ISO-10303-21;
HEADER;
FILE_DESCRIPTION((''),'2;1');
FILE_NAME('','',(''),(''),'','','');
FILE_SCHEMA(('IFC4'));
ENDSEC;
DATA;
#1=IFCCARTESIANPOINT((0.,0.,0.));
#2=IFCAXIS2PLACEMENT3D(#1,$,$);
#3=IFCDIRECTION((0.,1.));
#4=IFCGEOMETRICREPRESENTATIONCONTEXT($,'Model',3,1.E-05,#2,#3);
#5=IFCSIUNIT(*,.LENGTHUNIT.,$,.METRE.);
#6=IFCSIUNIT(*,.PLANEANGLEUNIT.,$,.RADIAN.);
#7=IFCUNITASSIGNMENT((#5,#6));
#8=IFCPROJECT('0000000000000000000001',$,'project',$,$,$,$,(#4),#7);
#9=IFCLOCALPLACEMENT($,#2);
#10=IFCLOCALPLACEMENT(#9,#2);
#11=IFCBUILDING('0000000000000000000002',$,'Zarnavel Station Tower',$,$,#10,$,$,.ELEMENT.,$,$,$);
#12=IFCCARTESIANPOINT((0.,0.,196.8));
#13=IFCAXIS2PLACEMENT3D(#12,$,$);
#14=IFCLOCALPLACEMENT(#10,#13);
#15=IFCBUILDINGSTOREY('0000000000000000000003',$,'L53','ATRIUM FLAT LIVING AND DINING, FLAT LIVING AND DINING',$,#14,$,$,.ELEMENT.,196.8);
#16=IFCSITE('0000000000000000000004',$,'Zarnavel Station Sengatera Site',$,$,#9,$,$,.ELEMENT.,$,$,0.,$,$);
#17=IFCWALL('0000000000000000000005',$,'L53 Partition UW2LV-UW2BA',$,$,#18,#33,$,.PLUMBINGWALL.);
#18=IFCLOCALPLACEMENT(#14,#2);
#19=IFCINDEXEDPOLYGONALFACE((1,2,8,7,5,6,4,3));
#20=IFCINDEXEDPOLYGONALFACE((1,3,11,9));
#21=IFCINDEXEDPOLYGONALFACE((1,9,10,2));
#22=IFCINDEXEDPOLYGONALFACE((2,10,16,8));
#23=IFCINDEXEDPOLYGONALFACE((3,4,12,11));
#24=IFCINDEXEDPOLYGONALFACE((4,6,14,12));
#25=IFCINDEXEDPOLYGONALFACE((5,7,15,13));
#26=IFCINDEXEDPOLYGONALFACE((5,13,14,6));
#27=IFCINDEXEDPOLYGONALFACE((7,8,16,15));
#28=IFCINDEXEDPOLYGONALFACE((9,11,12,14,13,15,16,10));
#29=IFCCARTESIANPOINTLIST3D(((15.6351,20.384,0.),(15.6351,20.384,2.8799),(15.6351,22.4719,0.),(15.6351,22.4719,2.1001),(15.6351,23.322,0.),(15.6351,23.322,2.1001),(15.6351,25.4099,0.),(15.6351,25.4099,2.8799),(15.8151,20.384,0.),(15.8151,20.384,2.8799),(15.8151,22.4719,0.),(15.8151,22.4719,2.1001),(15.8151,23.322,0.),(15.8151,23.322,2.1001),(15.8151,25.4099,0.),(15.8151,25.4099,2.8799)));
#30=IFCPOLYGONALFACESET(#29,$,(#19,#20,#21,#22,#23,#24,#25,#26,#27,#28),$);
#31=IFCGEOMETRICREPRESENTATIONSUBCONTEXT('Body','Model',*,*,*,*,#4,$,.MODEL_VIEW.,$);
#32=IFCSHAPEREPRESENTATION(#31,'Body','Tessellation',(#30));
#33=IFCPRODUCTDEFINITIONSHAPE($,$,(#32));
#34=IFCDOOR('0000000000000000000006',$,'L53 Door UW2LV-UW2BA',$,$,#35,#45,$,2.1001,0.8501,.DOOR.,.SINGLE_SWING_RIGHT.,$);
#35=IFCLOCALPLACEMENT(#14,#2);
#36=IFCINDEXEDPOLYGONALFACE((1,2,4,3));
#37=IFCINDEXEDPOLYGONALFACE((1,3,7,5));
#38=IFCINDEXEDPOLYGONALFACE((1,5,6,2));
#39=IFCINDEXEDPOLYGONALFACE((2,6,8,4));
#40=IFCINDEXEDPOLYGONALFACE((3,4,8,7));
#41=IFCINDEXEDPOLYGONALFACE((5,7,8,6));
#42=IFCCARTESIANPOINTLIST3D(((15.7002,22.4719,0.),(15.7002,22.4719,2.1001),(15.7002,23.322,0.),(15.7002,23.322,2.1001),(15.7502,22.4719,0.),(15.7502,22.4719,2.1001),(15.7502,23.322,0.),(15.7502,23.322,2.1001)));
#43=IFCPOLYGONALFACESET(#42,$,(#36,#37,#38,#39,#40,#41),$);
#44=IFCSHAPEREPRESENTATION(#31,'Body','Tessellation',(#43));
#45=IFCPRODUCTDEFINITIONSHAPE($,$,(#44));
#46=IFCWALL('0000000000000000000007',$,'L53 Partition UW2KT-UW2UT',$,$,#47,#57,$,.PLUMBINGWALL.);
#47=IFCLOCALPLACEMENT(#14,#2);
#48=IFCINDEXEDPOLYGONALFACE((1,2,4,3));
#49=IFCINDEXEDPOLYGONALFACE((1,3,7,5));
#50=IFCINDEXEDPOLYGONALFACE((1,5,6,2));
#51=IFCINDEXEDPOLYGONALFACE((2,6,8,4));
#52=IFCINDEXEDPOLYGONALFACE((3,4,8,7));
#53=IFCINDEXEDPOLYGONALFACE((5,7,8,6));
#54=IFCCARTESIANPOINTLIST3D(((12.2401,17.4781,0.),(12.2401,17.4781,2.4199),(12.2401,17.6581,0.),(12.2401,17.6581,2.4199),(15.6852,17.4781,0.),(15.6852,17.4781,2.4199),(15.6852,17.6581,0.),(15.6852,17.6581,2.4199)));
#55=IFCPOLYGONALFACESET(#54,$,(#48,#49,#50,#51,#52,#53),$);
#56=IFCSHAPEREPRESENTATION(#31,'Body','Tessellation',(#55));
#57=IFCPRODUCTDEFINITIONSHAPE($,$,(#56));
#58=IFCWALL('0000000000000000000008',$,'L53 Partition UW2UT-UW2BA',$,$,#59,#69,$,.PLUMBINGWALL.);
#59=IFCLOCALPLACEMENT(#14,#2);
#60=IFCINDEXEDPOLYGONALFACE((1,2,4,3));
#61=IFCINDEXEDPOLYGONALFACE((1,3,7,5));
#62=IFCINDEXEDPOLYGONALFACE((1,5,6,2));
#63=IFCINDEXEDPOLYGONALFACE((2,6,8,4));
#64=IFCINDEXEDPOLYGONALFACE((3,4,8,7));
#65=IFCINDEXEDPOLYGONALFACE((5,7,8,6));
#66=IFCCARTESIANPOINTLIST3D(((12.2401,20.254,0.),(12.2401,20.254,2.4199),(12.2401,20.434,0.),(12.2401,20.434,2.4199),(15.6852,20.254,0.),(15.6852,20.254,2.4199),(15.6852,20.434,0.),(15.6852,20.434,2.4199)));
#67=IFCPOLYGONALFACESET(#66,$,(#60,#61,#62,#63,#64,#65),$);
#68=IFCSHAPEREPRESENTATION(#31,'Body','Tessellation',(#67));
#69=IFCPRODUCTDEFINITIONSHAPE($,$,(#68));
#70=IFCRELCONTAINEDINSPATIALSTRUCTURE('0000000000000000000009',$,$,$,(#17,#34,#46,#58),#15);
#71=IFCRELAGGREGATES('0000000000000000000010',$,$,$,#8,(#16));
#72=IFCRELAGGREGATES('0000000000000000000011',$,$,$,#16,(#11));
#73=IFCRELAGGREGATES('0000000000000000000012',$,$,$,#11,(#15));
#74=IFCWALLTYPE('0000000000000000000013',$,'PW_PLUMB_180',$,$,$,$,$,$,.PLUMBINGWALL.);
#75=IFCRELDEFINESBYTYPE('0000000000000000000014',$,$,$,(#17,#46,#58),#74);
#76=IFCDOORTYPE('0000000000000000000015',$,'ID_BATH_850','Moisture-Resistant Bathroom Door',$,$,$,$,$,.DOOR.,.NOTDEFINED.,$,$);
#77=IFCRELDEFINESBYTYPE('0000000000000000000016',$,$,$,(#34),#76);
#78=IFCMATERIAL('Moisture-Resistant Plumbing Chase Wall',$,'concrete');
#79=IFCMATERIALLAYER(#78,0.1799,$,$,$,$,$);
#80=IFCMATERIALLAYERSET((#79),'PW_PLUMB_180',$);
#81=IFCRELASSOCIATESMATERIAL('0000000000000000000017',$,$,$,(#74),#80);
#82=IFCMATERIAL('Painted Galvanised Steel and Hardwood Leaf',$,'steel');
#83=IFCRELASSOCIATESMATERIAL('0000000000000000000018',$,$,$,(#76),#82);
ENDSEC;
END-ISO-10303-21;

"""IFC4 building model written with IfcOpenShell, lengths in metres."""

from ifc_helpers import new_model, si_unit, direction, frame, frame_2d, origin, place, context, subcontext, project, spatial, rectangle, extrude, material, layer, layer_set, type_object, element, fill, save


model = new_model("IFC4")

# Units and contexts
model_context = context("Model", 3, precision=1e-05, world=origin(), true_north=direction((0.0, 1.0)))
body_context = subcontext(model_context, "Body", "Model", "MODEL_VIEW")
ifc_project = project(units=[si_unit("LENGTHUNIT", "METRE"), si_unit("PLANEANGLEUNIT", "RADIAN")], contexts=[model_context])

# Site, building, storey
site_placement = place(None, origin())
site = spatial("IfcSite", under=ifc_project, at=site_placement, Name="Zarnavel Station Sengatera Site", CompositionType="ELEMENT", RefElevation=0.0)
building_placement = place(site_placement, origin())
building = spatial("IfcBuilding", under=site, at=building_placement, Name="Zarnavel Station Tower", CompositionType="ELEMENT")
storey_placement = place(building_placement, frame((0.0, 0.0, 196.8)))
storey = spatial("IfcBuildingStorey", under=building, at=storey_placement, Name="L53", Description="ATRIUM FLAT LIVING AND DINING, FLAT LIVING AND DINING", CompositionType="ELEMENT", Elevation=196.8)

# Shared definitions
ifc_material_1 = material(Name="Moisture-Resistant Plumbing Chase Wall", Category="concrete")
ifc_layer_1 = layer(ifc_material_1, 0.1799)
ifc_layer_set_1 = layer_set([ifc_layer_1], Name="PW_PLUMB_180")
wall_type_1 = type_object("IfcWallType", Name="PW_PLUMB_180", PredefinedType="PLUMBINGWALL", material=ifc_layer_set_1)

# Wall, opening, door
wall_1_placement = place(storey_placement, frame((15.7251, 20.384, 0.0), z_axis=(0.0, 0.0, 1.0), x_axis=(0.0, 1.0, 0.0)))
wall_1 = element("IfcWall", 1, at=wall_1_placement, inside=storey, type_object=wall_type_1, Name="L53 Partition UW2LV-UW2BA", PredefinedType="PLUMBINGWALL", context=body_context, shape_type="SweptSolid", body=[
    extrude(rectangle(XDim=5.0259, YDim=0.1799, at=frame_2d((2.5129, 0.0))), origin(), (0.0, 0.0, 1.0), 2.8799),
])
opening_1_placement = place(wall_1_placement, frame((2.0879, 0.0, 0.0)))
opening_1 = element("IfcOpeningElement", 2, at=opening_1_placement, cuts=wall_1, PredefinedType="OPENING", context=body_context, shape_type="SweptSolid", body=[
    extrude(rectangle(XDim=0.8501, YDim=2.1001, at=frame_2d((0.425, 1.05))), frame((0.0, 0.0999, 0.0), z_axis=(0.0, -1.0, 0.0), x_axis=(1.0, 0.0, 0.0)), (0.0, 0.0, 1.0), 0.2),
])
ifc_material_2 = material(Name="Painted Galvanised Steel and Hardwood Leaf", Category="steel")
door_type_1 = type_object("IfcDoorType", Name="ID_BATH_850", Description="Moisture-Resistant Bathroom Door", OperationType="NOTDEFINED", PredefinedType="DOOR", material=ifc_material_2)
door_1_placement = place(opening_1_placement, origin())
door_1 = element("IfcDoor", 3, at=door_1_placement, inside=storey, type_object=door_type_1, Name="L53 Door UW2LV-UW2BA", OperationType="SINGLE_SWING_RIGHT", OverallHeight=2.1001, OverallWidth=0.8501, PredefinedType="DOOR", context=body_context, shape_type="SweptSolid", body=[
    extrude(rectangle(XDim=0.8501, YDim=2.1001, at=frame_2d((0.425, 1.05))), frame((0.0, 0.0249, 0.0), z_axis=(0.0, -1.0, 0.0), x_axis=(1.0, 0.0, 0.0)), (0.0, 0.0, 1.0), 0.05),
])
fill(opening_1, door_1)

# Walls
for number, where, z_axis, x_axis, name in (
    (4, (12.24, 17.5681, 0.0), (0.0, 0.0, 1.0), (1.0, 0.0, 0.0), "L53 Partition UW2KT-UW2UT"),
    (5, (12.24, 20.344, 0.0), (0.0, 0.0, 1.0), (1.0, 0.0, 0.0), "L53 Partition UW2UT-UW2BA"),
):
    element("IfcWall", number, at=place(storey_placement, frame(where, z_axis=z_axis, x_axis=x_axis)), inside=storey, type_object=wall_type_1, Name=name, PredefinedType="PLUMBINGWALL", context=body_context, shape_type="SweptSolid", body=[
        extrude(rectangle(XDim=3.4451, YDim=0.1799, at=frame_2d((1.7227, 0.0))), origin(), (0.0, 0.0, 1.0), 2.4199),
    ])

save(model, "model.ifc")
